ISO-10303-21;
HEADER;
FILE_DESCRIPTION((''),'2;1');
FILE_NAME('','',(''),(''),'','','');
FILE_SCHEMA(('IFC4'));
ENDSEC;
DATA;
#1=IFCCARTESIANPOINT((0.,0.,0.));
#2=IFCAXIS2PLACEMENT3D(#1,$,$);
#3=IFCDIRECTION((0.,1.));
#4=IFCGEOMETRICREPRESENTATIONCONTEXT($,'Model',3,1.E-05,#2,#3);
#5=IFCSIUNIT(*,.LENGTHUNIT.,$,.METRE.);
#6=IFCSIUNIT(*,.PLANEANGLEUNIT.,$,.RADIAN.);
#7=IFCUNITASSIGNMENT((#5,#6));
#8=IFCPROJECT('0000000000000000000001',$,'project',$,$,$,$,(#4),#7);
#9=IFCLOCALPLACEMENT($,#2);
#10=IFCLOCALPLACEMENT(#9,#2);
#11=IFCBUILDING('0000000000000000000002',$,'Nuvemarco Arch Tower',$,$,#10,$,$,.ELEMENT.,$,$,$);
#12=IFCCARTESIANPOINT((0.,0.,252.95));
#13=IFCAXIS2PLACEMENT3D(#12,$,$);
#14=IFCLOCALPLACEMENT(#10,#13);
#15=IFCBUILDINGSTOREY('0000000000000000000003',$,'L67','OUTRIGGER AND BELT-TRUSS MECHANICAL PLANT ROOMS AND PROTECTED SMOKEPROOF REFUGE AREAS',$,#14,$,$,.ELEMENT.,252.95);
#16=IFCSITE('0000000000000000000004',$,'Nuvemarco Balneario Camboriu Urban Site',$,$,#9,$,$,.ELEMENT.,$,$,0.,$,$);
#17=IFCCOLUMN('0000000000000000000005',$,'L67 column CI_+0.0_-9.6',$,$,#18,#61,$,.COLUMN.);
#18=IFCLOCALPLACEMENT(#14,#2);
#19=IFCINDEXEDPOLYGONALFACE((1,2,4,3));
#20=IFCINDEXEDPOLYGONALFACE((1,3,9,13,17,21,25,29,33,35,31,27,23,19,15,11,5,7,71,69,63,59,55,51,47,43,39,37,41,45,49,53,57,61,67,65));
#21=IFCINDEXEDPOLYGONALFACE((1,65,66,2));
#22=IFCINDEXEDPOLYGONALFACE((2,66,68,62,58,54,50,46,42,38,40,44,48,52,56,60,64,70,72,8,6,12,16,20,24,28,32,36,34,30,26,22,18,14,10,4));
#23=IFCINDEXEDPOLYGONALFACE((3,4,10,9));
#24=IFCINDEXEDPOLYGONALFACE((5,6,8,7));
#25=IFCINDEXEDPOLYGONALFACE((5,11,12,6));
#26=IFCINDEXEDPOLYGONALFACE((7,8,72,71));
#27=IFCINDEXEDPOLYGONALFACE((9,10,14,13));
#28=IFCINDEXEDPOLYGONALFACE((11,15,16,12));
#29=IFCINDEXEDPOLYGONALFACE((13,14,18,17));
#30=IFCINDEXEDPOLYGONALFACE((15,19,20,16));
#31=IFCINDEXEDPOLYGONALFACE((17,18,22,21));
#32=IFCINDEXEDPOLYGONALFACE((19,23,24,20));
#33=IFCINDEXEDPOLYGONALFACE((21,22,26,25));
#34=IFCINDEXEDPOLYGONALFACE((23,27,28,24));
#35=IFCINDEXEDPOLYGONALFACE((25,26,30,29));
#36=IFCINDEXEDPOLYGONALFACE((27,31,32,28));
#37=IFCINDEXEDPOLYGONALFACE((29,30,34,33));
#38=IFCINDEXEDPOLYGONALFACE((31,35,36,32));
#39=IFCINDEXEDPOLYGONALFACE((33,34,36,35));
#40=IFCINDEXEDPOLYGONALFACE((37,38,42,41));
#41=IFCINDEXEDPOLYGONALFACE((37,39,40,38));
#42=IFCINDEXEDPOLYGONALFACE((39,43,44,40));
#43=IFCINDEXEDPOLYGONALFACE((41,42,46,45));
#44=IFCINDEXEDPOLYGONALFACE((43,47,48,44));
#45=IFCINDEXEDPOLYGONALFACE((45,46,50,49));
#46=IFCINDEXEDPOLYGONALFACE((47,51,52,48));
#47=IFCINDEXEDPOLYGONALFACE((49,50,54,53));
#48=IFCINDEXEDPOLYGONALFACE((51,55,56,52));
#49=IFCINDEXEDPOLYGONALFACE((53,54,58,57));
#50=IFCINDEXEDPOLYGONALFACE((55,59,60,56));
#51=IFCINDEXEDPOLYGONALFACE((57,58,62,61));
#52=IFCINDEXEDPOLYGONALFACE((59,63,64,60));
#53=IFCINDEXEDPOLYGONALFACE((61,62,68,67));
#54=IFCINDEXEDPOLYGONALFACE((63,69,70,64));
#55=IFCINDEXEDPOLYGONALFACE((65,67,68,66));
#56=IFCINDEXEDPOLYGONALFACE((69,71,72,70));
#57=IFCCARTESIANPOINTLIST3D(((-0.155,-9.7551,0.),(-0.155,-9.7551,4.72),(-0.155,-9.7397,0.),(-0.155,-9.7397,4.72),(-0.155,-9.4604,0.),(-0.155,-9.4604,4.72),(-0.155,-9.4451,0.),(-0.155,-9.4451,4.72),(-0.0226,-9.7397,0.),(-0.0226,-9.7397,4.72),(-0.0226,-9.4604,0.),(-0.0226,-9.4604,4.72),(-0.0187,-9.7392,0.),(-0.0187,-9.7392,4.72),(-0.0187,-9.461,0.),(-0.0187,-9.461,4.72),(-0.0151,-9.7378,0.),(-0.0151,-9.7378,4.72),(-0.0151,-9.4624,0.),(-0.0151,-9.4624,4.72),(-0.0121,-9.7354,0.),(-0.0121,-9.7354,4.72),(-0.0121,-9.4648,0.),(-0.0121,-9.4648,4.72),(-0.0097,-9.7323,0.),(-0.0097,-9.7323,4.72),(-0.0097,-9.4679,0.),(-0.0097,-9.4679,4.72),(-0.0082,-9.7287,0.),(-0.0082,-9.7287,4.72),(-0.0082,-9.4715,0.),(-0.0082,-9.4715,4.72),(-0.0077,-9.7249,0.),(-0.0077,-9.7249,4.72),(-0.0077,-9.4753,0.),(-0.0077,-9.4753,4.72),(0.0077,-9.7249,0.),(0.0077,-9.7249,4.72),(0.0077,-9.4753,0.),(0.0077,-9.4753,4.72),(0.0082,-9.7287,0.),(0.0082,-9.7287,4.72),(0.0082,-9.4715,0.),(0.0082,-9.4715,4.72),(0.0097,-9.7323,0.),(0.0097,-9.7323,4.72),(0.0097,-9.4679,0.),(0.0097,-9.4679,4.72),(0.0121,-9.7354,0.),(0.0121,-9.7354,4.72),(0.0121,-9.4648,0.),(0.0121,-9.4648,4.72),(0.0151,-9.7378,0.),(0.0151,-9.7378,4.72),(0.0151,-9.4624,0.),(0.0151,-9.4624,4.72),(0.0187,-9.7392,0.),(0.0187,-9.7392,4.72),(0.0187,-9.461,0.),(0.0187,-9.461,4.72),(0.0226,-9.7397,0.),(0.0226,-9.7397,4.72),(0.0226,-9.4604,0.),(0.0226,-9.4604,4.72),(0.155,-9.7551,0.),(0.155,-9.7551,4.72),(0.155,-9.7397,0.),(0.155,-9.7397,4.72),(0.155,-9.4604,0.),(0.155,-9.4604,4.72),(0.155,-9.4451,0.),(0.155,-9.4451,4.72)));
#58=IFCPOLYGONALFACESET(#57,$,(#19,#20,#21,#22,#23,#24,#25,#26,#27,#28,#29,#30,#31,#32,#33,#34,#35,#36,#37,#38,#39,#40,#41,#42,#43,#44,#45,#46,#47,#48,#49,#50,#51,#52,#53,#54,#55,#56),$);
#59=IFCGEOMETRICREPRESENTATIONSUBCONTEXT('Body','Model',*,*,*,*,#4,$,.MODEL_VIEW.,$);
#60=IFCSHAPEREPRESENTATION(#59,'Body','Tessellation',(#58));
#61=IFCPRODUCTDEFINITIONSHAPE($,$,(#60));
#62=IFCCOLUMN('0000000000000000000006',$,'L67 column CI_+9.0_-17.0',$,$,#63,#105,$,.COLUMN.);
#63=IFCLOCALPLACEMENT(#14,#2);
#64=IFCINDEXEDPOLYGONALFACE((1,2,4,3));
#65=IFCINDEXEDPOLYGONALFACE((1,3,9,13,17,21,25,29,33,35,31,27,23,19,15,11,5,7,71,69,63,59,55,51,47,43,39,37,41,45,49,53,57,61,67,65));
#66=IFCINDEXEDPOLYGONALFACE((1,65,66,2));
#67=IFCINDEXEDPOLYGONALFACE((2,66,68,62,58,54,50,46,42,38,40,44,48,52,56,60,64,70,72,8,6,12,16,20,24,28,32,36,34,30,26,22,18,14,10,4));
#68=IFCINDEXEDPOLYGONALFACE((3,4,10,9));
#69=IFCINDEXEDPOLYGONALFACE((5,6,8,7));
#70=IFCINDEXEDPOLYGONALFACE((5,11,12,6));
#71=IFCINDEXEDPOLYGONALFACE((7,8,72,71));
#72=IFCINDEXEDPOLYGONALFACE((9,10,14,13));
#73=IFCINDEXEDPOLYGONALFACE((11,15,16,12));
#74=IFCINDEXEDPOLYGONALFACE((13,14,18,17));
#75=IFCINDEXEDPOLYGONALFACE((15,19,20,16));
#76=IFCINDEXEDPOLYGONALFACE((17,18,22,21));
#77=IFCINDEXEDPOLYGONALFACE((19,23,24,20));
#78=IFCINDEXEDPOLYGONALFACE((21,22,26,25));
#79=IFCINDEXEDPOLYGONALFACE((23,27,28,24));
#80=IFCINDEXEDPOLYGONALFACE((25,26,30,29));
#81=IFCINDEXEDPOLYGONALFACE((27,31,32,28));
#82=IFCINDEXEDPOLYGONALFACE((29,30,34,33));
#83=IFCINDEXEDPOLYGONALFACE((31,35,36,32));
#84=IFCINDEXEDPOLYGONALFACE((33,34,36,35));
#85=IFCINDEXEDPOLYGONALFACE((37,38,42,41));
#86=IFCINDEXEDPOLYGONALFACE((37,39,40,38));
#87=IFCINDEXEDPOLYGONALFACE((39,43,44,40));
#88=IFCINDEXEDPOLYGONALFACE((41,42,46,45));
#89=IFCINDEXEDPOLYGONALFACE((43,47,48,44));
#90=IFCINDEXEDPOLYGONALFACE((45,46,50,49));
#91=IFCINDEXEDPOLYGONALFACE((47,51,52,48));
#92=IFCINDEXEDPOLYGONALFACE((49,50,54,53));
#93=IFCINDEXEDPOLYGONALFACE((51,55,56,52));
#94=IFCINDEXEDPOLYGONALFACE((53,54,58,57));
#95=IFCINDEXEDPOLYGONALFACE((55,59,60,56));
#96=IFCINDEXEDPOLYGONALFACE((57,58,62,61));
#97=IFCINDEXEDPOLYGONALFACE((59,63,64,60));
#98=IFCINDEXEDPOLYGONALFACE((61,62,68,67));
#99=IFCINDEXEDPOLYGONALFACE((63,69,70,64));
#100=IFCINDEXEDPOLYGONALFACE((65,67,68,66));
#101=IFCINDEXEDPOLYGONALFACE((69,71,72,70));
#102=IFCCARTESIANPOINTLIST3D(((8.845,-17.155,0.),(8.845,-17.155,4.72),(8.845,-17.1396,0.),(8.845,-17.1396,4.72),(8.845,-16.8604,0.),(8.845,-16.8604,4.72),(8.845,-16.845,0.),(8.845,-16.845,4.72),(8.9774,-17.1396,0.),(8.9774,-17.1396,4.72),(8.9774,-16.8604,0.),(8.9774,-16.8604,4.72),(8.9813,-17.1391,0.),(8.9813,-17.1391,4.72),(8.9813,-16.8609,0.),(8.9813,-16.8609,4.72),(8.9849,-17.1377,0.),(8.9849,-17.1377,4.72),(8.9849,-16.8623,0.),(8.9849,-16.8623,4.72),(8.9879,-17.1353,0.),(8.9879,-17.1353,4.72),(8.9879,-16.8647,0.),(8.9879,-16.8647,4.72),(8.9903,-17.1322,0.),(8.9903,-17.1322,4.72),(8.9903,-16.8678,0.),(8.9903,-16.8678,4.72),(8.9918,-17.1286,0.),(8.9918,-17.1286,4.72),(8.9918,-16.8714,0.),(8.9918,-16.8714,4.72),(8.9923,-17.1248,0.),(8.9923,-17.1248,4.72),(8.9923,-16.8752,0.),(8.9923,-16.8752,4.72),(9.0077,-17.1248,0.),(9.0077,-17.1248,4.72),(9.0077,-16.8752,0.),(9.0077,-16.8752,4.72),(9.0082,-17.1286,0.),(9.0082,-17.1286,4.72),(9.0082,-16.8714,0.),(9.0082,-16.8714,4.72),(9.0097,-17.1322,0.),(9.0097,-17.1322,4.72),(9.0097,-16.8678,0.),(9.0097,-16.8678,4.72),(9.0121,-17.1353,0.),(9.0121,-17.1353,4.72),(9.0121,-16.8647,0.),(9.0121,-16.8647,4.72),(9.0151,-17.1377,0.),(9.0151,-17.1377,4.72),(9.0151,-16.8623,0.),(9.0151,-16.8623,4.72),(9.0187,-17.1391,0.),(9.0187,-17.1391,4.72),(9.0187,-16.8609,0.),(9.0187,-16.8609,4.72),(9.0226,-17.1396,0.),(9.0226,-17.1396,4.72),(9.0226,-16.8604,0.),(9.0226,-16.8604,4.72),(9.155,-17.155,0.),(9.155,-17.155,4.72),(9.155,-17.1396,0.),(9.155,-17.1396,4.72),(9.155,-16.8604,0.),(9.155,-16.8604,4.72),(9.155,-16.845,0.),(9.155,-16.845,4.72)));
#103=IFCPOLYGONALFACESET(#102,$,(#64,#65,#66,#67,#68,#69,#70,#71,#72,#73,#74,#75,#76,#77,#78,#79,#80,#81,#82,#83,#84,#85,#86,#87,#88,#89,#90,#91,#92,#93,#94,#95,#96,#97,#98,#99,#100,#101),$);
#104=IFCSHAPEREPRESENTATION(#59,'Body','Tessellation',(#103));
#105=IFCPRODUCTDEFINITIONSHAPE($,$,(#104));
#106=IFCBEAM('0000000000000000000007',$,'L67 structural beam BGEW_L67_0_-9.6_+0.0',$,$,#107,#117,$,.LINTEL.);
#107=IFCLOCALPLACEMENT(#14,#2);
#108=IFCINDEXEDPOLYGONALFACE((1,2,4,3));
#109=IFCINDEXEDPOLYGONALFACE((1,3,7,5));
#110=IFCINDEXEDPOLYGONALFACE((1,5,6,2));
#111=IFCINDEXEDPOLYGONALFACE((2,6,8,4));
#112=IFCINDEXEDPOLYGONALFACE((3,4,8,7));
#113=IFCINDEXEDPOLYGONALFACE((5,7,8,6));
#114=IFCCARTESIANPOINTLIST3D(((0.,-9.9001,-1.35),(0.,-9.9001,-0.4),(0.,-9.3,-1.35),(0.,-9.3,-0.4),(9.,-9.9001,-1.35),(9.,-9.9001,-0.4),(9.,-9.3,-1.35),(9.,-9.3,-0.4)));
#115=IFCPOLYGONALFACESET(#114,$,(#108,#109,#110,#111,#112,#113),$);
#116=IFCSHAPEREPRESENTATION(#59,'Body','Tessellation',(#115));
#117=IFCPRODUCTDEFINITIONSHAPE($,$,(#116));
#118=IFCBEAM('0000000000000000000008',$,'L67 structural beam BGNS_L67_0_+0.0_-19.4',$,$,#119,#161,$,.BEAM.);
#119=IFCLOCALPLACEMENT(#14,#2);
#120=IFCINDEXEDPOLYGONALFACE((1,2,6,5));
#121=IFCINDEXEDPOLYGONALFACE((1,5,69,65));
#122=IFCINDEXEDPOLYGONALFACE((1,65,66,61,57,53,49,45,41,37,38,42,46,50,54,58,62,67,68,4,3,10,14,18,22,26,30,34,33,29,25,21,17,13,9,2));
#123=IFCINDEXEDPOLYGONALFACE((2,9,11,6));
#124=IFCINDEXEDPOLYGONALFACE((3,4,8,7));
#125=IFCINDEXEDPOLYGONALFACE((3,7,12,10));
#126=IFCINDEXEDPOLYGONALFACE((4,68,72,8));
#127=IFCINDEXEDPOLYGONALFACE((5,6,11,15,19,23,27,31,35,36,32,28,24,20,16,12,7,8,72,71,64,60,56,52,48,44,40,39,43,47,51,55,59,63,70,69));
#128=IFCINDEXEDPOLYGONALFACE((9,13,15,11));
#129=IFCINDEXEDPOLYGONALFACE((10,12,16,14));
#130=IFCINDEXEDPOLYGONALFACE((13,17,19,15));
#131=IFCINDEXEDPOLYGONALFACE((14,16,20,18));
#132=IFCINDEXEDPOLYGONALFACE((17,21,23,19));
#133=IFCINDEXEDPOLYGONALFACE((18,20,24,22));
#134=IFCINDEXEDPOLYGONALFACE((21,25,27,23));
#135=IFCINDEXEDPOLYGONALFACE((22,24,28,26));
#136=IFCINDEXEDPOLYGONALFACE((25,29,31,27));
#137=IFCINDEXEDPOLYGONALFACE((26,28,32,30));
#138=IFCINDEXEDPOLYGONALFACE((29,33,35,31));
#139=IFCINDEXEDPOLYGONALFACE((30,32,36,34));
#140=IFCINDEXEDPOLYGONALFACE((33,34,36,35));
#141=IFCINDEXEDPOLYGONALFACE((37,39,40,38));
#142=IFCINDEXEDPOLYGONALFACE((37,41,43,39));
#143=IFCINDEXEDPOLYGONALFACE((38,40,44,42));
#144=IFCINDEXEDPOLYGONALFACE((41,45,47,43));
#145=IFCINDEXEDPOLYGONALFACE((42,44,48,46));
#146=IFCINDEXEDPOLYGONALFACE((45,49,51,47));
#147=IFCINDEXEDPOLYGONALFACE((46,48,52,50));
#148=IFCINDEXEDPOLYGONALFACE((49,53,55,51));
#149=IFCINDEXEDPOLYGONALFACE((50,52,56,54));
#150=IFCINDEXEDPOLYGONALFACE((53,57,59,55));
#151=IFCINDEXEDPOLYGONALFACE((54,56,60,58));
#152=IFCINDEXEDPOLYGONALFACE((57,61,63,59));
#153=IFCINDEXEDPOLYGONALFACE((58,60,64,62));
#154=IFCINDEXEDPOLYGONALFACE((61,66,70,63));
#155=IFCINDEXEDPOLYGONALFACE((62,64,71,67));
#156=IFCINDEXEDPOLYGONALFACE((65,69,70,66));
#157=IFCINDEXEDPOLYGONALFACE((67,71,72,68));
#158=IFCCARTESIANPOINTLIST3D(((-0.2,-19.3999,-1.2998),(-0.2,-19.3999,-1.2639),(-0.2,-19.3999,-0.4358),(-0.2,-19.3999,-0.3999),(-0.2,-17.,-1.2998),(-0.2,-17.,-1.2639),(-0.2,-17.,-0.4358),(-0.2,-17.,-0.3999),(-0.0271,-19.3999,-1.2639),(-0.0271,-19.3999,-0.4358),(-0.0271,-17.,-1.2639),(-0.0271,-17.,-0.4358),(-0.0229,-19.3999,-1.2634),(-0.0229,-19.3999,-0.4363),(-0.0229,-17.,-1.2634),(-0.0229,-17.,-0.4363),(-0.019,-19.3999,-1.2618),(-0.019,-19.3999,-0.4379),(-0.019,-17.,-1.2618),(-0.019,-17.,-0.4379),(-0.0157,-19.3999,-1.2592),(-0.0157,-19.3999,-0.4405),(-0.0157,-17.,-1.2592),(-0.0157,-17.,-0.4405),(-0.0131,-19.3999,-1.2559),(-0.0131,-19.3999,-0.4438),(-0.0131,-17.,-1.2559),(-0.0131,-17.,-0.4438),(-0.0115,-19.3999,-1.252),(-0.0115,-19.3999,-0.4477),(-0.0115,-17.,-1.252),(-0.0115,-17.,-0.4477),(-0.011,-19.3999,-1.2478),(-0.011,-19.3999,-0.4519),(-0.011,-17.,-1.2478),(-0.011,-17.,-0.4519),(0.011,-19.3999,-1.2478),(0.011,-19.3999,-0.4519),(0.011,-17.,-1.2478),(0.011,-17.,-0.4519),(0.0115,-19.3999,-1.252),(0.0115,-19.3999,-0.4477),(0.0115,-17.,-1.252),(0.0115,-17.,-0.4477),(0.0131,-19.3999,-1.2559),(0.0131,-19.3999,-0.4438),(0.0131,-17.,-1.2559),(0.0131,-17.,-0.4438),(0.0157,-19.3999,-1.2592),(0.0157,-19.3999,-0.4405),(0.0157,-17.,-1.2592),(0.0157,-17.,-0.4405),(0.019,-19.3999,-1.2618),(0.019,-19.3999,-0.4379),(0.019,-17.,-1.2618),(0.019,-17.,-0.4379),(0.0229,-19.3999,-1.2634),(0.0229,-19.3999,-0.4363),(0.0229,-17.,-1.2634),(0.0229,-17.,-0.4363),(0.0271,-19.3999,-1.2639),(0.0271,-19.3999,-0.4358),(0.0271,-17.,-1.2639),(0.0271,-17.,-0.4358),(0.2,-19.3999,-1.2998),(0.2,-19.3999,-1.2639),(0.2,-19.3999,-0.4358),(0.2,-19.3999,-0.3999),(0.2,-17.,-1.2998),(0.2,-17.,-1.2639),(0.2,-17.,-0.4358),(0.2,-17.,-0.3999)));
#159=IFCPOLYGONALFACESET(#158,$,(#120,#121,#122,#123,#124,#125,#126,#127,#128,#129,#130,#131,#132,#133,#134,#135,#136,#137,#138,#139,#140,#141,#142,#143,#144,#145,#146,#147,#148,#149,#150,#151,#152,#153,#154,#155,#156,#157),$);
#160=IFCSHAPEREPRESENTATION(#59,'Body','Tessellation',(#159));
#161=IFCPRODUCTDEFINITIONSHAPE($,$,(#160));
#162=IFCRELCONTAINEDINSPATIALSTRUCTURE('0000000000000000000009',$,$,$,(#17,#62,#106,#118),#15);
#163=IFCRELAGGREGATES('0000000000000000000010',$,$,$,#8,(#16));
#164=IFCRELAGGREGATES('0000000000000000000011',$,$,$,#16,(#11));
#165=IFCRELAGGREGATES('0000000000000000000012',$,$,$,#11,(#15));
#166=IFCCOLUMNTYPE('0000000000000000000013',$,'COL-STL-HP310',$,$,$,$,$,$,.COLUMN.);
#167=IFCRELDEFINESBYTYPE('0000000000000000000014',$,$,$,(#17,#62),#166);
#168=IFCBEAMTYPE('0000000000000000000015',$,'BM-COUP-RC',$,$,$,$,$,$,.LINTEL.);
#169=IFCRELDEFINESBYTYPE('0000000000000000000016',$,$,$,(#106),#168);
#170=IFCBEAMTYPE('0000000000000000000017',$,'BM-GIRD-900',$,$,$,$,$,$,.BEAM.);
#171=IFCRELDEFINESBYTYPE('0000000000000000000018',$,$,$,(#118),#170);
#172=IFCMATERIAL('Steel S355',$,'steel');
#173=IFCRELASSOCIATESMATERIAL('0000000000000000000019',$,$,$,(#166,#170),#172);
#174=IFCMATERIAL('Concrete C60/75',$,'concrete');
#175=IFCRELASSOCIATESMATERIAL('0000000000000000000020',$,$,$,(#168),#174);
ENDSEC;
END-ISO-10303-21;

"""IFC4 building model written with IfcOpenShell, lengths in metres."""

from ifc_helpers import new_model, si_unit, direction, frame, origin, origin_2d, place, context, subcontext, project, spatial, rectangle, i_section, extrude, material, material_profile, profile_set, type_object, element, save


model = new_model("IFC4")

# Units and contexts
model_context = context("Model", 3, precision=1e-05, world=origin(), true_north=direction((0.0, 1.0)))
body_context = subcontext(model_context, "Body", "Model", "MODEL_VIEW")
ifc_project = project(units=[si_unit("LENGTHUNIT", "METRE"), si_unit("PLANEANGLEUNIT", "RADIAN")], contexts=[model_context])

# Site, building, storey
site_placement = place(None, origin())
site = spatial("IfcSite", under=ifc_project, at=site_placement, Name="Nuvemarco Balneario Camboriu Urban Site", CompositionType="ELEMENT", RefElevation=0.0)
building_placement = place(site_placement, origin())
building = spatial("IfcBuilding", under=site, at=building_placement, Name="Nuvemarco Arch Tower", CompositionType="ELEMENT")
storey_placement = place(building_placement, frame((0.0, 0.0, 252.95)))
storey = spatial("IfcBuildingStorey", under=building, at=storey_placement, Name="L67", Description="OUTRIGGER AND BELT-TRUSS MECHANICAL PLANT ROOMS AND PROTECTED SMOKEPROOF REFUGE AREAS", CompositionType="ELEMENT", Elevation=252.95)

# Columns
ifc_material_1 = material(Name="Steel S355", Category="steel")
ifc_material_profile_1 = material_profile(ifc_material_1, i_section(OverallWidth=0.3101, OverallDepth=0.3101, WebThickness=0.0154, FlangeThickness=0.0154, FilletRadius=0.0149, at=origin_2d()), Name="HP310x110")
ifc_profile_set_1 = profile_set([ifc_material_profile_1], Name="Steel S355")
column_type_1 = type_object("IfcColumnType", Name="COL-STL-HP310", PredefinedType="COLUMN", material=ifc_profile_set_1)
for number, where, z_axis, x_axis, name in (
    (1, (0.0, -9.6001, 0.0), (0.0, 0.0, 1.0), (1.0, 0.0, 0.0), "L67 column CI_+0.0_-9.6"),
    (2, (9.0, -17.0, 0.0), (0.0, 0.0, 1.0), (1.0, 0.0, 0.0), "L67 column CI_+9.0_-17.0"),
):
    element("IfcColumn", number, at=place(storey_placement, frame(where, z_axis=z_axis, x_axis=x_axis)), inside=storey, type_object=column_type_1, Name=name, PredefinedType="COLUMN", context=body_context, shape_type="SweptSolid", body=[
        extrude(i_section(OverallWidth=0.3101, OverallDepth=0.3101, WebThickness=0.0154, FlangeThickness=0.0154, FilletRadius=0.0149, at=origin_2d()), origin(), (0.0, 0.0, 1.0), 4.72),
    ])

# Beams
ifc_material_2 = material(Name="Concrete C60/75", Category="concrete")
ifc_material_profile_2 = material_profile(ifc_material_2, rectangle(XDim=0.6001, YDim=0.95, at=origin_2d()), Name="RC-BM-600x950")
ifc_profile_set_2 = profile_set([ifc_material_profile_2], Name="Concrete C60/75")
beam_type_1 = type_object("IfcBeamType", Name="BM-COUP-RC", PredefinedType="LINTEL", material=ifc_profile_set_2)
beam_1_placement = place(storey_placement, frame((0.0, -9.6001, -0.875), z_axis=(1.0, 0.0, 0.0), x_axis=(0.0, 1.0, 0.0)))
element("IfcBeam", 3, at=beam_1_placement, inside=storey, type_object=beam_type_1, Name="L67 structural beam BGEW_L67_0_-9.6_+0.0", PredefinedType="LINTEL", context=body_context, shape_type="SweptSolid", body=[
    extrude(rectangle(XDim=0.6001, YDim=0.95, at=origin_2d()), origin(), (0.0, 0.0, 1.0), 9.0),
])
ifc_material_profile_3 = material_profile(ifc_material_1, i_section(OverallWidth=0.3999, OverallDepth=0.8999, WebThickness=0.022, FlangeThickness=0.0359, FilletRadius=0.0161, at=origin_2d()), Name="PG900x400")
ifc_profile_set_3 = profile_set([ifc_material_profile_3], Name="Steel S355")
beam_type_2 = type_object("IfcBeamType", Name="BM-GIRD-900", PredefinedType="BEAM", material=ifc_profile_set_3)
beam_2_placement = place(storey_placement, frame((0.0, -19.3999, -0.8499), z_axis=(0.0, 1.0, 0.0), x_axis=(-1.0, 0.0, 0.0)))
element("IfcBeam", 4, at=beam_2_placement, inside=storey, type_object=beam_type_2, Name="L67 structural beam BGNS_L67_0_+0.0_-19.4", PredefinedType="BEAM", context=body_context, shape_type="SweptSolid", body=[
    extrude(i_section(OverallWidth=0.3999, OverallDepth=0.8999, WebThickness=0.022, FlangeThickness=0.0359, FilletRadius=0.0161, at=origin_2d()), origin(), (0.0, 0.0, 1.0), 2.3999),
])

save(model, "model.ifc")
